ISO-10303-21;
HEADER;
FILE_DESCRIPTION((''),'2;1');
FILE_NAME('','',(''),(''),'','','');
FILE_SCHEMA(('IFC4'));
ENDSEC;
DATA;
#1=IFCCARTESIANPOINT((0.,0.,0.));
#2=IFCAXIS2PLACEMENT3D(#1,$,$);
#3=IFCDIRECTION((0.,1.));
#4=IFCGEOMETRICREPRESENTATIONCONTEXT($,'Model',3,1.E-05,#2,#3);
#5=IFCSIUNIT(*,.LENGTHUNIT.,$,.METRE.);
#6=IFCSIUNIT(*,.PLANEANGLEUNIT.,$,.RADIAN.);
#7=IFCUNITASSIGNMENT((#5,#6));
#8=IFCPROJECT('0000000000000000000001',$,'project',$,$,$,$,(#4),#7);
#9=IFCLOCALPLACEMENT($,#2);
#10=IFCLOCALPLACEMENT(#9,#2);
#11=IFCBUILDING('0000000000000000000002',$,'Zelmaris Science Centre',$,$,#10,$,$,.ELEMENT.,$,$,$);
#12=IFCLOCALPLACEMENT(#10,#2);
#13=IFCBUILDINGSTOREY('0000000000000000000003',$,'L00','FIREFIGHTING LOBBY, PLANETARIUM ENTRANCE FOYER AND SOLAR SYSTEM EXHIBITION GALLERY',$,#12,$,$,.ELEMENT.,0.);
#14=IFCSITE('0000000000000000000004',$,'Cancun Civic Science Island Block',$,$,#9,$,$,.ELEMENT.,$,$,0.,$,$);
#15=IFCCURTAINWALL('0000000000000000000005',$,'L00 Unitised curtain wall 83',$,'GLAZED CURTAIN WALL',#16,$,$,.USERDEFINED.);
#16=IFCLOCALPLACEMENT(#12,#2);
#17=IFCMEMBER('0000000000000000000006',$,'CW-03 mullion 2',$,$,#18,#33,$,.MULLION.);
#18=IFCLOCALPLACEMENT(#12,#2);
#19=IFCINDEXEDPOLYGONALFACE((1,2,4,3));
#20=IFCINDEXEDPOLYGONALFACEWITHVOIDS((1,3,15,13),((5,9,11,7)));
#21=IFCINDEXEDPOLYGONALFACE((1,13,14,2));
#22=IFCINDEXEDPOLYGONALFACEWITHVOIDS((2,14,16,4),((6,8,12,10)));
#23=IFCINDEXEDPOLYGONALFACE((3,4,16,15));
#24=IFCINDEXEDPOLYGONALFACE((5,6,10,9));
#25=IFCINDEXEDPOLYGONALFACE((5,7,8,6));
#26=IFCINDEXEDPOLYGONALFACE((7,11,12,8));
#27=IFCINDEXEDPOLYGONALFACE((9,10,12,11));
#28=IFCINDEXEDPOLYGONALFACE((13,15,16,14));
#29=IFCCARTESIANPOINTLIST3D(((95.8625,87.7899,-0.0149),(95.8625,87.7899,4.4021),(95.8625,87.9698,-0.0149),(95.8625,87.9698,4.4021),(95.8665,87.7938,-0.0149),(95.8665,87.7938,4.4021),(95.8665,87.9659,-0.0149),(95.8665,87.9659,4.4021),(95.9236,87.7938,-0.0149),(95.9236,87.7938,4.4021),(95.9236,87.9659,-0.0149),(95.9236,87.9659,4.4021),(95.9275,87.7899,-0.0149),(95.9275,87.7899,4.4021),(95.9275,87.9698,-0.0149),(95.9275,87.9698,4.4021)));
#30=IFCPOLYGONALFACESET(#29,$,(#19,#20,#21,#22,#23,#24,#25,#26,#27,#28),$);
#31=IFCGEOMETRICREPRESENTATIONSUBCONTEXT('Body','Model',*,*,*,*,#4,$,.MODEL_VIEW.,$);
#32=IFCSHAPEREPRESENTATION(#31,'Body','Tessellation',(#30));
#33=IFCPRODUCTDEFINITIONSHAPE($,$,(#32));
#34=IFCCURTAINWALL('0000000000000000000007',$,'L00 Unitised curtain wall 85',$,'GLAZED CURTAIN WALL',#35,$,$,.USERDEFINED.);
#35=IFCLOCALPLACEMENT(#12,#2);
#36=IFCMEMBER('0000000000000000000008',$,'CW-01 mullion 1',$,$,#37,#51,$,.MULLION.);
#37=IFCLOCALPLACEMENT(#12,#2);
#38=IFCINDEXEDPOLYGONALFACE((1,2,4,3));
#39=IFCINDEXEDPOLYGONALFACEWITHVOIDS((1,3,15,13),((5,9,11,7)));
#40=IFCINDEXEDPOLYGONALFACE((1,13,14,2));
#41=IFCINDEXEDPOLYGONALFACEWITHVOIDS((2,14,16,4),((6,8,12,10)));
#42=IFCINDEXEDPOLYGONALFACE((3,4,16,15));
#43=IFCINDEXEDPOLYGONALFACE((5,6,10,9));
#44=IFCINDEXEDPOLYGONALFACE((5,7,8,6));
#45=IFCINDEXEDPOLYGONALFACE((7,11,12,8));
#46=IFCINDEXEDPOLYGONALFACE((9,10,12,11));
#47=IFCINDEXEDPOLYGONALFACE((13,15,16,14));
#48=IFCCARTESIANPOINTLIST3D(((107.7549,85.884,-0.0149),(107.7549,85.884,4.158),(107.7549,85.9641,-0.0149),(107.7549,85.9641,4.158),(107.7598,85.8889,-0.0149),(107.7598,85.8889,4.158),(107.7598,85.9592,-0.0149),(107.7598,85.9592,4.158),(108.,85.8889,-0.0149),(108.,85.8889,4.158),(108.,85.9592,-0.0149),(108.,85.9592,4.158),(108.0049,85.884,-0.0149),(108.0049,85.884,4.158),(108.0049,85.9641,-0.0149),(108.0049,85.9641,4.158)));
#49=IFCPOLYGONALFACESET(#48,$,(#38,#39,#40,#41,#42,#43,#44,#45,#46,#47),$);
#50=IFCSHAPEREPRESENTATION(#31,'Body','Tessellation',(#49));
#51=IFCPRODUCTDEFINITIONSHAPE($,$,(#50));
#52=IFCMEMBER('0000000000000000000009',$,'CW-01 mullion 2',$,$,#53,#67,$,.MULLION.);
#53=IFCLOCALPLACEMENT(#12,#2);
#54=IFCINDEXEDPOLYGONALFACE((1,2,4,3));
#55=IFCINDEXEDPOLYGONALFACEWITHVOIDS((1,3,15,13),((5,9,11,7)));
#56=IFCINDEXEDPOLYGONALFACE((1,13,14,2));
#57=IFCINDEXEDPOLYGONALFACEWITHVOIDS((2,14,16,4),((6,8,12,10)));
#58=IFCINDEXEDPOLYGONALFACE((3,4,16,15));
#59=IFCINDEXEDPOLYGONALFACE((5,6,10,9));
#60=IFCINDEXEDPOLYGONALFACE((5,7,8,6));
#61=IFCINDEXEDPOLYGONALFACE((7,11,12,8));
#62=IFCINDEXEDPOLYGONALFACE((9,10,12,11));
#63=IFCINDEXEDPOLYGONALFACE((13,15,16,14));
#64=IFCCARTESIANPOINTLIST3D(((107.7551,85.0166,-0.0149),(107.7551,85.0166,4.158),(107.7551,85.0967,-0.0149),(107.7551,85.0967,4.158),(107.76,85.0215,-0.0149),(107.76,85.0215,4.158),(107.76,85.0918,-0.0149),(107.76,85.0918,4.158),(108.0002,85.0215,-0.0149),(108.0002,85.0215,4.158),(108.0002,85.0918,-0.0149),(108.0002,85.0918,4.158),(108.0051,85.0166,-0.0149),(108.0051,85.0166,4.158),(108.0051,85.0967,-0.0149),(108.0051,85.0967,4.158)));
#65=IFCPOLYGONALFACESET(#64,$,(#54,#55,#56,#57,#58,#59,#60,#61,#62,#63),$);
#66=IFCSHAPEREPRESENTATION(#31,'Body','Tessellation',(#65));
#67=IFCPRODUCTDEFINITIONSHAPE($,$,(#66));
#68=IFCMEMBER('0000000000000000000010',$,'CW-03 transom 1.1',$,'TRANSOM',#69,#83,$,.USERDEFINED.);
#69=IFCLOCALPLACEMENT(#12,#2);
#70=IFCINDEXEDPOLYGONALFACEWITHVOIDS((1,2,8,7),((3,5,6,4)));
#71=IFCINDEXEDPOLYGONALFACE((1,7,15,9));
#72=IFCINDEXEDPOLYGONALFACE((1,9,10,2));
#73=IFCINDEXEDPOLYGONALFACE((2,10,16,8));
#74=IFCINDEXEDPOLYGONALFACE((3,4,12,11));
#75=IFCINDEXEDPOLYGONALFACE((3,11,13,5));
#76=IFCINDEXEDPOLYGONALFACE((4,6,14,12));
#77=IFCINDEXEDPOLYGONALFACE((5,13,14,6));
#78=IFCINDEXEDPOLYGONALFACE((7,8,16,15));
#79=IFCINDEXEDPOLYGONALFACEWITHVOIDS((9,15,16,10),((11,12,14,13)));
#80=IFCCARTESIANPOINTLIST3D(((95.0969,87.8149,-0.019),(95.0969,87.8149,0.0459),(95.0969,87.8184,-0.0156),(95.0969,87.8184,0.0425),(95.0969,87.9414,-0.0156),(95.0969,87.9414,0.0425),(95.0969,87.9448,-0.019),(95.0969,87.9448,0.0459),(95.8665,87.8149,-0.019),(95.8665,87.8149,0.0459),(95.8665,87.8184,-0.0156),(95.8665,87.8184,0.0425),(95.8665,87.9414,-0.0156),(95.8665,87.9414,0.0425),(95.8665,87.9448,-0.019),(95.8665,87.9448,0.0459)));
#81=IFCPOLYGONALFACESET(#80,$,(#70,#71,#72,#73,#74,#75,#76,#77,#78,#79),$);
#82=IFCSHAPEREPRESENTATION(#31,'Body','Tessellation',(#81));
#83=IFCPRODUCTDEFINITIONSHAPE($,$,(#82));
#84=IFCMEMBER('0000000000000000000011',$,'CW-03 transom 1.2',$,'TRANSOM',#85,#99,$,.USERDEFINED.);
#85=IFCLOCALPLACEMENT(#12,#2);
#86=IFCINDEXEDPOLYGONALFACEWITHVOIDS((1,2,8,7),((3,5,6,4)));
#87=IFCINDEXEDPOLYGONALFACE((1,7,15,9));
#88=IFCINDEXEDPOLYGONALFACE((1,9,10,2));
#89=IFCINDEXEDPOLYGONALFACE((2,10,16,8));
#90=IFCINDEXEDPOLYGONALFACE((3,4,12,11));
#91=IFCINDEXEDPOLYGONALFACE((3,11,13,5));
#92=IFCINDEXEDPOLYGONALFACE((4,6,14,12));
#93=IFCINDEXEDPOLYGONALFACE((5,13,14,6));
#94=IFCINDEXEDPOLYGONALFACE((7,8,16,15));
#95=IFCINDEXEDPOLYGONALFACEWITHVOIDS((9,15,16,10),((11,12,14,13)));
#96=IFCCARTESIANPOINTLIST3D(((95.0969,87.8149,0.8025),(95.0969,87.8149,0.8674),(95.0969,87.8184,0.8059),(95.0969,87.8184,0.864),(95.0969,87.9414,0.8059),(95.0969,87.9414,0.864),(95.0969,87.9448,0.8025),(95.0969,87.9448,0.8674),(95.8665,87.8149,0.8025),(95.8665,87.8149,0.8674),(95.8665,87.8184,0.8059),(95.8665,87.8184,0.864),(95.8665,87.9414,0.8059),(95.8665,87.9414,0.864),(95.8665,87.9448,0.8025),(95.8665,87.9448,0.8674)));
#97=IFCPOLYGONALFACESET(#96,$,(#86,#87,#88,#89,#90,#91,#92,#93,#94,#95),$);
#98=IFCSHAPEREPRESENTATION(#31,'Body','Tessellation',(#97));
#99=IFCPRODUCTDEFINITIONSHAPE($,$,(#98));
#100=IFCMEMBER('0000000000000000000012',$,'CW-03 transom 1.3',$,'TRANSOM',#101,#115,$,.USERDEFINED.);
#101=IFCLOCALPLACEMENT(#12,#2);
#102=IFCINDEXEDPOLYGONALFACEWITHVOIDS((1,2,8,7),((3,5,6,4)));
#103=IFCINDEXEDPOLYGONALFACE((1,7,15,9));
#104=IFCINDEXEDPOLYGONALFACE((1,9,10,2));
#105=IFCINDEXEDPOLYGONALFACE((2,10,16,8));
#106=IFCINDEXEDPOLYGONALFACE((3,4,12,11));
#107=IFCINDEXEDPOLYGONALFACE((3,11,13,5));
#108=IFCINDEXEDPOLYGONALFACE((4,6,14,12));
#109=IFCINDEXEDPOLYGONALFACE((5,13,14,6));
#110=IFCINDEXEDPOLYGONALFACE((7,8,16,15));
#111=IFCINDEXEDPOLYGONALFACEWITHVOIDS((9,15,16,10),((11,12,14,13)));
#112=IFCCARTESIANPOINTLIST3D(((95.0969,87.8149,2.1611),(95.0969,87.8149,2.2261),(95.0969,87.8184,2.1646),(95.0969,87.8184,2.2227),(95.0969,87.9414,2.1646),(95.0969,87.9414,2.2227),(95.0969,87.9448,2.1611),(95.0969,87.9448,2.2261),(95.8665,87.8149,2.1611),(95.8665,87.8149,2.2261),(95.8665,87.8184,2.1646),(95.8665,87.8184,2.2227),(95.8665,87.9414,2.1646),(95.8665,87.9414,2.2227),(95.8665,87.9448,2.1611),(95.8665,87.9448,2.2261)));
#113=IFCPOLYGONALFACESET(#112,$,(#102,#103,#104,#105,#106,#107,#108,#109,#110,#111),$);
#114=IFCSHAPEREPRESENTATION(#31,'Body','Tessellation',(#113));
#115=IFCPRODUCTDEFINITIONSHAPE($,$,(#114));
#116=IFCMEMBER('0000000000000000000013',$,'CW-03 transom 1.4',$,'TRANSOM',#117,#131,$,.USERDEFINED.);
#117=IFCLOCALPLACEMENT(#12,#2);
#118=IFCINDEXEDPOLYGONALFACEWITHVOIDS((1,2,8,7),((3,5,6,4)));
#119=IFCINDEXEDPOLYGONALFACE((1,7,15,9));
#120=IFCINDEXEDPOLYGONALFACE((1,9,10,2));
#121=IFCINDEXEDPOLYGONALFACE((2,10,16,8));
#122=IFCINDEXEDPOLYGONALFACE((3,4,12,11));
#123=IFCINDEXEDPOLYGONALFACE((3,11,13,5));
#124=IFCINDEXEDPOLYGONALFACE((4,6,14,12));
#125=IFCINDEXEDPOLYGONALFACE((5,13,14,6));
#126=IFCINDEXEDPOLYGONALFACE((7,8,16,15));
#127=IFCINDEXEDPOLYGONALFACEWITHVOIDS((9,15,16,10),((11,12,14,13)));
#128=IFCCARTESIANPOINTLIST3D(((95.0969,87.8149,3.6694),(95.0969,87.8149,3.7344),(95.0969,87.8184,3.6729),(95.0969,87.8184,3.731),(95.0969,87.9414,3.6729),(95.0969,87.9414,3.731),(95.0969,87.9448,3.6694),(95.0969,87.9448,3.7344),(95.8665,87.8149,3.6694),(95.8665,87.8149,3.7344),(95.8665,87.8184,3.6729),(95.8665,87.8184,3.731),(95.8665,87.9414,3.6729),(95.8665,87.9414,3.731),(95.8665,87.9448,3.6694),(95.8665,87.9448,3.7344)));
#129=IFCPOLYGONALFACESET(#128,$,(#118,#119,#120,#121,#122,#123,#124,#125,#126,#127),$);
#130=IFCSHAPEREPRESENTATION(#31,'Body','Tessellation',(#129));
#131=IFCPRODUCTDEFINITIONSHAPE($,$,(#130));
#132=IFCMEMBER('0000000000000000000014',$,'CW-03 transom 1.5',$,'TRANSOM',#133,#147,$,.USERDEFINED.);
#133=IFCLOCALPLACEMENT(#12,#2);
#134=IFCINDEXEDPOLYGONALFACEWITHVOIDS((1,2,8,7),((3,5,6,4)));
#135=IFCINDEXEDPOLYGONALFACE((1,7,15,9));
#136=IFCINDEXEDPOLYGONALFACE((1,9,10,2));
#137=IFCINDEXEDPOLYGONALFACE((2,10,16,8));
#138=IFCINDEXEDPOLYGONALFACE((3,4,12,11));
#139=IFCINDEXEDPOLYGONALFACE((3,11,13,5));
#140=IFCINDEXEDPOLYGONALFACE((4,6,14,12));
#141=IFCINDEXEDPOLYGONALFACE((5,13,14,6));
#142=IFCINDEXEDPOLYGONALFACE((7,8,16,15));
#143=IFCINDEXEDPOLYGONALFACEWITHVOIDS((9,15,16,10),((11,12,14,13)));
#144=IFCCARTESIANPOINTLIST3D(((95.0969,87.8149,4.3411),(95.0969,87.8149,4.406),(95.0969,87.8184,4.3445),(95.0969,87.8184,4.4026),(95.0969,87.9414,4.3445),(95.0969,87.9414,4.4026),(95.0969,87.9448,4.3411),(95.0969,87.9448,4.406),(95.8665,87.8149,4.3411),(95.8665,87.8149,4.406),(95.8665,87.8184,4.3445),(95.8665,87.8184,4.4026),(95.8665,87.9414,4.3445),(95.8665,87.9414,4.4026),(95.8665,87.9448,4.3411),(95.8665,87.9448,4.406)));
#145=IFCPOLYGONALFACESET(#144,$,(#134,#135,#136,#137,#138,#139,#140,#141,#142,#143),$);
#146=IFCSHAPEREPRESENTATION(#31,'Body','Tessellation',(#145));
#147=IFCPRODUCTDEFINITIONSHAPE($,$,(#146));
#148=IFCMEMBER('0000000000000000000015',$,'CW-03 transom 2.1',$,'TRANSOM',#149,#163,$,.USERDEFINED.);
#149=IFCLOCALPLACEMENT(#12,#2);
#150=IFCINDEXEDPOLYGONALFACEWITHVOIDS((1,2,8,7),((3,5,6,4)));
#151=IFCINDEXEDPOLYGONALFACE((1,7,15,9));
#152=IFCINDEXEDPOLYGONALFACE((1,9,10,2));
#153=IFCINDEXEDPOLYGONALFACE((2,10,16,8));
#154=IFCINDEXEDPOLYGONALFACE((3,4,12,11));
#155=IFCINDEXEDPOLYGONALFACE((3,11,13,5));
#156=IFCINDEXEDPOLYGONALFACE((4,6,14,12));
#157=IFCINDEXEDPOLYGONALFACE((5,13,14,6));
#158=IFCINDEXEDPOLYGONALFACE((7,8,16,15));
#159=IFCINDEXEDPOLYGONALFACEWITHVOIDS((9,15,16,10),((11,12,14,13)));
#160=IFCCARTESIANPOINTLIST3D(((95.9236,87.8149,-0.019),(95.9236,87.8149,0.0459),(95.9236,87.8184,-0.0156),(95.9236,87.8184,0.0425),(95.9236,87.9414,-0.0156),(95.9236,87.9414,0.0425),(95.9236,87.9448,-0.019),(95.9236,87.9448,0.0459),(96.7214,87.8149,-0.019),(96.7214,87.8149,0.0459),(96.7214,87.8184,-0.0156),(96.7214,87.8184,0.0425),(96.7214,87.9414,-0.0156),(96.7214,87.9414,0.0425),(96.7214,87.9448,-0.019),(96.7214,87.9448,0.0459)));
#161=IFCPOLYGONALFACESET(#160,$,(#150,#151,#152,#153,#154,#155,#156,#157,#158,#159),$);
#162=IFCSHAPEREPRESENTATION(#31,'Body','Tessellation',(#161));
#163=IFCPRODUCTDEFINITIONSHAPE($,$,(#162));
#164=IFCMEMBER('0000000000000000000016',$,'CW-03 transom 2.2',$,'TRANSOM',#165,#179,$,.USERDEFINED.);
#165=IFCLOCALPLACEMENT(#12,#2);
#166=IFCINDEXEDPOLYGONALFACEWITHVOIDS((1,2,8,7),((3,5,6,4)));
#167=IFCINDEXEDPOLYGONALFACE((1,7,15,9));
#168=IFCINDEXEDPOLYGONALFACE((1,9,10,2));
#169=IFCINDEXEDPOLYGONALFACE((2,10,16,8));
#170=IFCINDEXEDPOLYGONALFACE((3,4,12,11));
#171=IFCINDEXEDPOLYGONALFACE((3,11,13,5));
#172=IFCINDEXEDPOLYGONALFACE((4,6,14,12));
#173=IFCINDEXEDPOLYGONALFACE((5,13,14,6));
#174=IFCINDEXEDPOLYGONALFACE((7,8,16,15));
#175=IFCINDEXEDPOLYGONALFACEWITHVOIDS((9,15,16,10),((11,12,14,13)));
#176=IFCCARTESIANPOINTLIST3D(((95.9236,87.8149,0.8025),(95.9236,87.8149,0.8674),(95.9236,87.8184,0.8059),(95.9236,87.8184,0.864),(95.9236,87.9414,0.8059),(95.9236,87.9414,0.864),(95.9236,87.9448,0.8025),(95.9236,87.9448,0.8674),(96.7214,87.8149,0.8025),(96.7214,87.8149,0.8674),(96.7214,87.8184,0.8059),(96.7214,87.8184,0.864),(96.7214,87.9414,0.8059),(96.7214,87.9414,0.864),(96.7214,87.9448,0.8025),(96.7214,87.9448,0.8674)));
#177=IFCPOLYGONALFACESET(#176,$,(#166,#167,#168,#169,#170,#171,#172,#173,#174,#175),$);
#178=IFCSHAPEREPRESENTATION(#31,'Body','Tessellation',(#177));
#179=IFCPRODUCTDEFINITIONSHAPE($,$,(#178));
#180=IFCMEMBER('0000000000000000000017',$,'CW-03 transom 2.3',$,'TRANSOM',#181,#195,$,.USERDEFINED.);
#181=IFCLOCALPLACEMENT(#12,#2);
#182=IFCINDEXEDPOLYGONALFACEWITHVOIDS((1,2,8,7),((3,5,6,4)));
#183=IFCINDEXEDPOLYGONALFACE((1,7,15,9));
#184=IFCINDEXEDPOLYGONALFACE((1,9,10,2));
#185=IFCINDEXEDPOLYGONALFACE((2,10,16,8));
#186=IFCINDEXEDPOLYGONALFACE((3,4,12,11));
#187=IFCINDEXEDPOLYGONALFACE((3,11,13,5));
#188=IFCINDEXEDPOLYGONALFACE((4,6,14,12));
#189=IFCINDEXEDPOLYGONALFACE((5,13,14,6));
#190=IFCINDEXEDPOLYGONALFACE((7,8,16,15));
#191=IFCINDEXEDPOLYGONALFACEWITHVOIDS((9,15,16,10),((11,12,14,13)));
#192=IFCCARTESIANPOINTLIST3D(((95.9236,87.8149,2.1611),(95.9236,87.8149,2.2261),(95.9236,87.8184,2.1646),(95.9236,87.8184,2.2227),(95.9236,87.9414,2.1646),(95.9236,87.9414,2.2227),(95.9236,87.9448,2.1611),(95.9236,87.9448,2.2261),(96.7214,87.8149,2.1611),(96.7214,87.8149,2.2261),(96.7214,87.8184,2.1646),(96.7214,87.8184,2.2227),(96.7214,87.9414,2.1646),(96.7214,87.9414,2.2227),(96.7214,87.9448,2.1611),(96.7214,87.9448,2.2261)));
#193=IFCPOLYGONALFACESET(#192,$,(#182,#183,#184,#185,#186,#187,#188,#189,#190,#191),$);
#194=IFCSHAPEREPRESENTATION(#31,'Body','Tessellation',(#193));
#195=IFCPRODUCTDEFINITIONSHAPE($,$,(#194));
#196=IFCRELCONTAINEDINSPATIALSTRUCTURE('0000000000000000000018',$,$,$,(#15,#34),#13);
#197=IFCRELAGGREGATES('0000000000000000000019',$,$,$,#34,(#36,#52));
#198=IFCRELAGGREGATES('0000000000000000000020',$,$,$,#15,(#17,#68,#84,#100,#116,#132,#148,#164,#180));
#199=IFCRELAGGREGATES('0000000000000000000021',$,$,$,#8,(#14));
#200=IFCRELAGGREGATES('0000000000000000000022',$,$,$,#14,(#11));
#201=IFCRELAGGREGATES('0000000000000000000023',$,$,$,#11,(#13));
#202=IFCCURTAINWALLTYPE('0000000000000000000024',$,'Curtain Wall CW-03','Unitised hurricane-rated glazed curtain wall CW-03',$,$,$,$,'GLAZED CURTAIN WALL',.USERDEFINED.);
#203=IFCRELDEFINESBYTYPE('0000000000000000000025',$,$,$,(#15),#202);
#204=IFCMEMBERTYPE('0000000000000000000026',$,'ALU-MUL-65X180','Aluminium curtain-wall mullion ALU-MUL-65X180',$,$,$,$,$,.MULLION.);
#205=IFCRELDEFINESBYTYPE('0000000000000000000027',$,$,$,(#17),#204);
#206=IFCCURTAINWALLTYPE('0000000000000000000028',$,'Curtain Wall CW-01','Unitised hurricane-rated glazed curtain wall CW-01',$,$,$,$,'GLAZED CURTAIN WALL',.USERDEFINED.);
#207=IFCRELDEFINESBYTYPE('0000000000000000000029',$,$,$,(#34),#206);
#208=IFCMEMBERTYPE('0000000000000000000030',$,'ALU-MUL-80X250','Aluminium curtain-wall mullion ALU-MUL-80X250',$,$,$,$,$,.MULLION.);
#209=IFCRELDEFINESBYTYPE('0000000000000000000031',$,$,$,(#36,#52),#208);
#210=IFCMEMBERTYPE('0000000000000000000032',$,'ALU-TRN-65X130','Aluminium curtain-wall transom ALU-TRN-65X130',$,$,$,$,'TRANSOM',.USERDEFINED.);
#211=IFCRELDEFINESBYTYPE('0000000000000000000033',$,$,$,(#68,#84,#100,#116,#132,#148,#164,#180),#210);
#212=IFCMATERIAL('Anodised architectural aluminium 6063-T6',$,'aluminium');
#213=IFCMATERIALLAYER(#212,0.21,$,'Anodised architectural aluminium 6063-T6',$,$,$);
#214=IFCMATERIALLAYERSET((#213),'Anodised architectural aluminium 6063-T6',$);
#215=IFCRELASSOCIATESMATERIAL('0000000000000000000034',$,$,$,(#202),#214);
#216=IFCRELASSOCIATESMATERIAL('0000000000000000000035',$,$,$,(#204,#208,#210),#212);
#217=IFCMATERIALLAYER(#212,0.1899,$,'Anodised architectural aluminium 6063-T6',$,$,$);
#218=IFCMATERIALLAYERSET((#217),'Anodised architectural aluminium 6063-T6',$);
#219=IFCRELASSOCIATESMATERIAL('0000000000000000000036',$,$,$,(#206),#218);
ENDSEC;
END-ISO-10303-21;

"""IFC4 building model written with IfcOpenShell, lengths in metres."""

from ifc_helpers import new_model, si_unit, direction, frame, origin, origin_2d, place, context, subcontext, project, spatial, hollow_rectangle, extrude, material, layer, layer_set, material_profile, profile_set, type_object, element, aggregate, save


model = new_model("IFC4")

# Units and contexts
model_context = context("Model", 3, precision=1e-05, world=origin(), true_north=direction((0.0, 1.0)))
body_context = subcontext(model_context, "Body", "Model", "MODEL_VIEW")
ifc_project = project(units=[si_unit("LENGTHUNIT", "METRE"), si_unit("PLANEANGLEUNIT", "RADIAN")], contexts=[model_context])

# Site, building, storey
site_placement = place(None, origin())
site = spatial("IfcSite", under=ifc_project, at=site_placement, Name="Cancun Civic Science Island Block", CompositionType="ELEMENT", RefElevation=0.0)
building_placement = place(site_placement, origin())
building = spatial("IfcBuilding", under=site, at=building_placement, Name="Zelmaris Science Centre", CompositionType="ELEMENT")
storey_placement = place(building_placement, origin())
storey = spatial("IfcBuildingStorey", under=building, at=storey_placement, Name="L00", Description="FIREFIGHTING LOBBY, PLANETARIUM ENTRANCE FOYER AND SOLAR SYSTEM EXHIBITION GALLERY", CompositionType="ELEMENT", Elevation=0.0)

# Curtain wall, member
ifc_material_1 = material(Name="Anodised architectural aluminium 6063-T6", Category="aluminium")
ifc_layer_1 = layer(ifc_material_1, 0.21, Name="Anodised architectural aluminium 6063-T6")
ifc_layer_set_1 = layer_set([ifc_layer_1], Name="Anodised architectural aluminium 6063-T6")
curtain_wall_type_1 = type_object("IfcCurtainWallType", Name="Curtain Wall CW-03", Description="Unitised hurricane-rated glazed curtain wall CW-03", ElementType="GLAZED CURTAIN WALL", PredefinedType="USERDEFINED", material=ifc_layer_set_1)
curtain_wall_1_placement = place(storey_placement, origin())
curtain_wall_1 = element("IfcCurtainWall", 1, at=curtain_wall_1_placement, inside=storey, type_object=curtain_wall_type_1, Name="L00 Unitised curtain wall 83", ObjectType="GLAZED CURTAIN WALL", PredefinedType="USERDEFINED")
ifc_material_profile_1 = material_profile(ifc_material_1, hollow_rectangle(XDim=0.0649, YDim=0.1799, WallThickness=0.0039, at=origin_2d()), Name="ALU-MUL-65X180")
ifc_profile_set_1 = profile_set([ifc_material_profile_1], Name="Anodised architectural aluminium 6063-T6")
member_type_1 = type_object("IfcMemberType", Name="ALU-MUL-65X180", Description="Aluminium curtain-wall mullion ALU-MUL-65X180", PredefinedType="MULLION", material=ifc_profile_set_1)
member_1_placement = place(storey_placement, frame((95.895, 87.8799, -0.0149), z_axis=(0.0, 0.0, 1.0), x_axis=(1.0, 0.0, 0.0)))
member_1 = element("IfcMember", 2, at=member_1_placement, type_object=member_type_1, Name="CW-03 mullion 2", PredefinedType="MULLION", context=body_context, shape_type="SweptSolid", body=[
    extrude(hollow_rectangle(XDim=0.0649, YDim=0.1799, WallThickness=0.0039, at=origin_2d()), origin(), (0.0, 0.0, 1.0), 4.417),
])

# Curtain wall, members
ifc_layer_2 = layer(ifc_material_1, 0.1899, Name="Anodised architectural aluminium 6063-T6")
ifc_layer_set_2 = layer_set([ifc_layer_2], Name="Anodised architectural aluminium 6063-T6")
curtain_wall_type_2 = type_object("IfcCurtainWallType", Name="Curtain Wall CW-01", Description="Unitised hurricane-rated glazed curtain wall CW-01", ElementType="GLAZED CURTAIN WALL", PredefinedType="USERDEFINED", material=ifc_layer_set_2)
curtain_wall_2_placement = place(storey_placement, origin())
curtain_wall_2 = element("IfcCurtainWall", 3, at=curtain_wall_2_placement, inside=storey, type_object=curtain_wall_type_2, Name="L00 Unitised curtain wall 85", ObjectType="GLAZED CURTAIN WALL", PredefinedType="USERDEFINED")
ifc_material_profile_2 = material_profile(ifc_material_1, hollow_rectangle(XDim=0.0801, YDim=0.25, WallThickness=0.0049, at=origin_2d()), Name="ALU-MUL-80X250")
ifc_profile_set_2 = profile_set([ifc_material_profile_2], Name="Anodised architectural aluminium 6063-T6")
member_type_2 = type_object("IfcMemberType", Name="ALU-MUL-80X250", Description="Aluminium curtain-wall mullion ALU-MUL-80X250", PredefinedType="MULLION", material=ifc_profile_set_2)
member_2_placement = place(storey_placement, frame((107.8799, 85.9241, -0.0149), z_axis=(0.0, 0.0, 1.0), x_axis=(0.000129, -1.0, 0.0)))
member_2 = element("IfcMember", 4, at=member_2_placement, type_object=member_type_2, Name="CW-01 mullion 1", PredefinedType="MULLION", context=body_context, shape_type="SweptSolid", body=[
    extrude(hollow_rectangle(XDim=0.0801, YDim=0.25, WallThickness=0.0049, at=origin_2d()), origin(), (0.0, 0.0, 1.0), 4.1729),
])
member_3_placement = place(storey_placement, frame((107.8801, 85.0566, -0.0149), z_axis=(0.0, 0.0, 1.0), x_axis=(0.000129, -1.0, 0.0)))
member_3 = element("IfcMember", 5, at=member_3_placement, type_object=member_type_2, Name="CW-01 mullion 2", PredefinedType="MULLION", context=body_context, shape_type="SweptSolid", body=[
    extrude(hollow_rectangle(XDim=0.0801, YDim=0.25, WallThickness=0.0049, at=origin_2d()), origin(), (0.0, 0.0, 1.0), 4.1729),
])

# Members
ifc_material_profile_3 = material_profile(ifc_material_1, hollow_rectangle(XDim=0.0649, YDim=0.1299, WallThickness=0.0034, at=origin_2d()), Name="ALU-TRN-65X130")
ifc_profile_set_3 = profile_set([ifc_material_profile_3], Name="Anodised architectural aluminium 6063-T6")
member_type_3 = type_object("IfcMemberType", Name="ALU-TRN-65X130", Description="Aluminium curtain-wall transom ALU-TRN-65X130", ElementType="TRANSOM", PredefinedType="USERDEFINED", material=ifc_profile_set_3)
member_4_placement = place(storey_placement, frame((95.0969, 87.8799, 0.0134), z_axis=(1.0, 0.0, 0.0), x_axis=(0.0, 0.0, 1.0)))
member_4 = element("IfcMember", 6, at=member_4_placement, type_object=member_type_3, Name="CW-03 transom 1.1", ObjectType="TRANSOM", PredefinedType="USERDEFINED", context=body_context, shape_type="SweptSolid", body=[
    extrude(hollow_rectangle(XDim=0.0649, YDim=0.1299, WallThickness=0.0034, at=origin_2d()), origin(), (0.0, 0.0, 1.0), 0.7695),
])
member_5_placement = place(storey_placement, frame((95.0969, 87.8799, 0.835), z_axis=(1.0, 0.0, 0.0), x_axis=(0.0, 0.0, 1.0)))
member_5 = element("IfcMember", 7, at=member_5_placement, type_object=member_type_3, Name="CW-03 transom 1.2", ObjectType="TRANSOM", PredefinedType="USERDEFINED", context=body_context, shape_type="SweptSolid", body=[
    extrude(hollow_rectangle(XDim=0.0649, YDim=0.1299, WallThickness=0.0034, at=origin_2d()), origin(), (0.0, 0.0, 1.0), 0.7695),
])
member_6_placement = place(storey_placement, frame((95.0969, 87.8799, 2.1936), z_axis=(1.0, 0.0, 0.0), x_axis=(0.0, 0.0, 1.0)))
member_6 = element("IfcMember", 8, at=member_6_placement, type_object=member_type_3, Name="CW-03 transom 1.3", ObjectType="TRANSOM", PredefinedType="USERDEFINED", context=body_context, shape_type="SweptSolid", body=[
    extrude(hollow_rectangle(XDim=0.0649, YDim=0.1299, WallThickness=0.0034, at=origin_2d()), origin(), (0.0, 0.0, 1.0), 0.7695),
])
member_7_placement = place(storey_placement, frame((95.0969, 87.8799, 3.7019), z_axis=(1.0, 0.0, 0.0), x_axis=(0.0, 0.0, 1.0)))
member_7 = element("IfcMember", 9, at=member_7_placement, type_object=member_type_3, Name="CW-03 transom 1.4", ObjectType="TRANSOM", PredefinedType="USERDEFINED", context=body_context, shape_type="SweptSolid", body=[
    extrude(hollow_rectangle(XDim=0.0649, YDim=0.1299, WallThickness=0.0034, at=origin_2d()), origin(), (0.0, 0.0, 1.0), 0.7695),
])
member_8_placement = place(storey_placement, frame((95.0969, 87.8799, 4.3735), z_axis=(1.0, 0.0, 0.0), x_axis=(0.0, 0.0, 1.0)))
member_8 = element("IfcMember", 10, at=member_8_placement, type_object=member_type_3, Name="CW-03 transom 1.5", ObjectType="TRANSOM", PredefinedType="USERDEFINED", context=body_context, shape_type="SweptSolid", body=[
    extrude(hollow_rectangle(XDim=0.0649, YDim=0.1299, WallThickness=0.0034, at=origin_2d()), origin(), (0.0, 0.0, 1.0), 0.7695),
])
member_9_placement = place(storey_placement, frame((95.9236, 87.8799, 0.0134), z_axis=(1.0, 0.0, 0.0), x_axis=(0.0, 0.0, 1.0)))
member_9 = element("IfcMember", 11, at=member_9_placement, type_object=member_type_3, Name="CW-03 transom 2.1", ObjectType="TRANSOM", PredefinedType="USERDEFINED", context=body_context, shape_type="SweptSolid", body=[
    extrude(hollow_rectangle(XDim=0.0649, YDim=0.1299, WallThickness=0.0034, at=origin_2d()), origin(), (0.0, 0.0, 1.0), 0.7979),
])
member_10_placement = place(storey_placement, frame((95.9236, 87.8799, 0.835), z_axis=(1.0, 0.0, 0.0), x_axis=(0.0, 0.0, 1.0)))
member_10 = element("IfcMember", 12, at=member_10_placement, type_object=member_type_3, Name="CW-03 transom 2.2", ObjectType="TRANSOM", PredefinedType="USERDEFINED", context=body_context, shape_type="SweptSolid", body=[
    extrude(hollow_rectangle(XDim=0.0649, YDim=0.1299, WallThickness=0.0034, at=origin_2d()), origin(), (0.0, 0.0, 1.0), 0.7979),
])
member_11_placement = place(storey_placement, frame((95.9236, 87.8799, 2.1936), z_axis=(1.0, 0.0, 0.0), x_axis=(0.0, 0.0, 1.0)))
member_11 = element("IfcMember", 13, at=member_11_placement, type_object=member_type_3, Name="CW-03 transom 2.3", ObjectType="TRANSOM", PredefinedType="USERDEFINED", context=body_context, shape_type="SweptSolid", body=[
    extrude(hollow_rectangle(XDim=0.0649, YDim=0.1299, WallThickness=0.0034, at=origin_2d()), origin(), (0.0, 0.0, 1.0), 0.7979),
])

aggregate(curtain_wall_2, [member_2, member_3])
aggregate(curtain_wall_1, [member_1, member_4, member_5, member_6, member_7, member_8, member_9, member_10, member_11])

save(model, "model.ifc")
